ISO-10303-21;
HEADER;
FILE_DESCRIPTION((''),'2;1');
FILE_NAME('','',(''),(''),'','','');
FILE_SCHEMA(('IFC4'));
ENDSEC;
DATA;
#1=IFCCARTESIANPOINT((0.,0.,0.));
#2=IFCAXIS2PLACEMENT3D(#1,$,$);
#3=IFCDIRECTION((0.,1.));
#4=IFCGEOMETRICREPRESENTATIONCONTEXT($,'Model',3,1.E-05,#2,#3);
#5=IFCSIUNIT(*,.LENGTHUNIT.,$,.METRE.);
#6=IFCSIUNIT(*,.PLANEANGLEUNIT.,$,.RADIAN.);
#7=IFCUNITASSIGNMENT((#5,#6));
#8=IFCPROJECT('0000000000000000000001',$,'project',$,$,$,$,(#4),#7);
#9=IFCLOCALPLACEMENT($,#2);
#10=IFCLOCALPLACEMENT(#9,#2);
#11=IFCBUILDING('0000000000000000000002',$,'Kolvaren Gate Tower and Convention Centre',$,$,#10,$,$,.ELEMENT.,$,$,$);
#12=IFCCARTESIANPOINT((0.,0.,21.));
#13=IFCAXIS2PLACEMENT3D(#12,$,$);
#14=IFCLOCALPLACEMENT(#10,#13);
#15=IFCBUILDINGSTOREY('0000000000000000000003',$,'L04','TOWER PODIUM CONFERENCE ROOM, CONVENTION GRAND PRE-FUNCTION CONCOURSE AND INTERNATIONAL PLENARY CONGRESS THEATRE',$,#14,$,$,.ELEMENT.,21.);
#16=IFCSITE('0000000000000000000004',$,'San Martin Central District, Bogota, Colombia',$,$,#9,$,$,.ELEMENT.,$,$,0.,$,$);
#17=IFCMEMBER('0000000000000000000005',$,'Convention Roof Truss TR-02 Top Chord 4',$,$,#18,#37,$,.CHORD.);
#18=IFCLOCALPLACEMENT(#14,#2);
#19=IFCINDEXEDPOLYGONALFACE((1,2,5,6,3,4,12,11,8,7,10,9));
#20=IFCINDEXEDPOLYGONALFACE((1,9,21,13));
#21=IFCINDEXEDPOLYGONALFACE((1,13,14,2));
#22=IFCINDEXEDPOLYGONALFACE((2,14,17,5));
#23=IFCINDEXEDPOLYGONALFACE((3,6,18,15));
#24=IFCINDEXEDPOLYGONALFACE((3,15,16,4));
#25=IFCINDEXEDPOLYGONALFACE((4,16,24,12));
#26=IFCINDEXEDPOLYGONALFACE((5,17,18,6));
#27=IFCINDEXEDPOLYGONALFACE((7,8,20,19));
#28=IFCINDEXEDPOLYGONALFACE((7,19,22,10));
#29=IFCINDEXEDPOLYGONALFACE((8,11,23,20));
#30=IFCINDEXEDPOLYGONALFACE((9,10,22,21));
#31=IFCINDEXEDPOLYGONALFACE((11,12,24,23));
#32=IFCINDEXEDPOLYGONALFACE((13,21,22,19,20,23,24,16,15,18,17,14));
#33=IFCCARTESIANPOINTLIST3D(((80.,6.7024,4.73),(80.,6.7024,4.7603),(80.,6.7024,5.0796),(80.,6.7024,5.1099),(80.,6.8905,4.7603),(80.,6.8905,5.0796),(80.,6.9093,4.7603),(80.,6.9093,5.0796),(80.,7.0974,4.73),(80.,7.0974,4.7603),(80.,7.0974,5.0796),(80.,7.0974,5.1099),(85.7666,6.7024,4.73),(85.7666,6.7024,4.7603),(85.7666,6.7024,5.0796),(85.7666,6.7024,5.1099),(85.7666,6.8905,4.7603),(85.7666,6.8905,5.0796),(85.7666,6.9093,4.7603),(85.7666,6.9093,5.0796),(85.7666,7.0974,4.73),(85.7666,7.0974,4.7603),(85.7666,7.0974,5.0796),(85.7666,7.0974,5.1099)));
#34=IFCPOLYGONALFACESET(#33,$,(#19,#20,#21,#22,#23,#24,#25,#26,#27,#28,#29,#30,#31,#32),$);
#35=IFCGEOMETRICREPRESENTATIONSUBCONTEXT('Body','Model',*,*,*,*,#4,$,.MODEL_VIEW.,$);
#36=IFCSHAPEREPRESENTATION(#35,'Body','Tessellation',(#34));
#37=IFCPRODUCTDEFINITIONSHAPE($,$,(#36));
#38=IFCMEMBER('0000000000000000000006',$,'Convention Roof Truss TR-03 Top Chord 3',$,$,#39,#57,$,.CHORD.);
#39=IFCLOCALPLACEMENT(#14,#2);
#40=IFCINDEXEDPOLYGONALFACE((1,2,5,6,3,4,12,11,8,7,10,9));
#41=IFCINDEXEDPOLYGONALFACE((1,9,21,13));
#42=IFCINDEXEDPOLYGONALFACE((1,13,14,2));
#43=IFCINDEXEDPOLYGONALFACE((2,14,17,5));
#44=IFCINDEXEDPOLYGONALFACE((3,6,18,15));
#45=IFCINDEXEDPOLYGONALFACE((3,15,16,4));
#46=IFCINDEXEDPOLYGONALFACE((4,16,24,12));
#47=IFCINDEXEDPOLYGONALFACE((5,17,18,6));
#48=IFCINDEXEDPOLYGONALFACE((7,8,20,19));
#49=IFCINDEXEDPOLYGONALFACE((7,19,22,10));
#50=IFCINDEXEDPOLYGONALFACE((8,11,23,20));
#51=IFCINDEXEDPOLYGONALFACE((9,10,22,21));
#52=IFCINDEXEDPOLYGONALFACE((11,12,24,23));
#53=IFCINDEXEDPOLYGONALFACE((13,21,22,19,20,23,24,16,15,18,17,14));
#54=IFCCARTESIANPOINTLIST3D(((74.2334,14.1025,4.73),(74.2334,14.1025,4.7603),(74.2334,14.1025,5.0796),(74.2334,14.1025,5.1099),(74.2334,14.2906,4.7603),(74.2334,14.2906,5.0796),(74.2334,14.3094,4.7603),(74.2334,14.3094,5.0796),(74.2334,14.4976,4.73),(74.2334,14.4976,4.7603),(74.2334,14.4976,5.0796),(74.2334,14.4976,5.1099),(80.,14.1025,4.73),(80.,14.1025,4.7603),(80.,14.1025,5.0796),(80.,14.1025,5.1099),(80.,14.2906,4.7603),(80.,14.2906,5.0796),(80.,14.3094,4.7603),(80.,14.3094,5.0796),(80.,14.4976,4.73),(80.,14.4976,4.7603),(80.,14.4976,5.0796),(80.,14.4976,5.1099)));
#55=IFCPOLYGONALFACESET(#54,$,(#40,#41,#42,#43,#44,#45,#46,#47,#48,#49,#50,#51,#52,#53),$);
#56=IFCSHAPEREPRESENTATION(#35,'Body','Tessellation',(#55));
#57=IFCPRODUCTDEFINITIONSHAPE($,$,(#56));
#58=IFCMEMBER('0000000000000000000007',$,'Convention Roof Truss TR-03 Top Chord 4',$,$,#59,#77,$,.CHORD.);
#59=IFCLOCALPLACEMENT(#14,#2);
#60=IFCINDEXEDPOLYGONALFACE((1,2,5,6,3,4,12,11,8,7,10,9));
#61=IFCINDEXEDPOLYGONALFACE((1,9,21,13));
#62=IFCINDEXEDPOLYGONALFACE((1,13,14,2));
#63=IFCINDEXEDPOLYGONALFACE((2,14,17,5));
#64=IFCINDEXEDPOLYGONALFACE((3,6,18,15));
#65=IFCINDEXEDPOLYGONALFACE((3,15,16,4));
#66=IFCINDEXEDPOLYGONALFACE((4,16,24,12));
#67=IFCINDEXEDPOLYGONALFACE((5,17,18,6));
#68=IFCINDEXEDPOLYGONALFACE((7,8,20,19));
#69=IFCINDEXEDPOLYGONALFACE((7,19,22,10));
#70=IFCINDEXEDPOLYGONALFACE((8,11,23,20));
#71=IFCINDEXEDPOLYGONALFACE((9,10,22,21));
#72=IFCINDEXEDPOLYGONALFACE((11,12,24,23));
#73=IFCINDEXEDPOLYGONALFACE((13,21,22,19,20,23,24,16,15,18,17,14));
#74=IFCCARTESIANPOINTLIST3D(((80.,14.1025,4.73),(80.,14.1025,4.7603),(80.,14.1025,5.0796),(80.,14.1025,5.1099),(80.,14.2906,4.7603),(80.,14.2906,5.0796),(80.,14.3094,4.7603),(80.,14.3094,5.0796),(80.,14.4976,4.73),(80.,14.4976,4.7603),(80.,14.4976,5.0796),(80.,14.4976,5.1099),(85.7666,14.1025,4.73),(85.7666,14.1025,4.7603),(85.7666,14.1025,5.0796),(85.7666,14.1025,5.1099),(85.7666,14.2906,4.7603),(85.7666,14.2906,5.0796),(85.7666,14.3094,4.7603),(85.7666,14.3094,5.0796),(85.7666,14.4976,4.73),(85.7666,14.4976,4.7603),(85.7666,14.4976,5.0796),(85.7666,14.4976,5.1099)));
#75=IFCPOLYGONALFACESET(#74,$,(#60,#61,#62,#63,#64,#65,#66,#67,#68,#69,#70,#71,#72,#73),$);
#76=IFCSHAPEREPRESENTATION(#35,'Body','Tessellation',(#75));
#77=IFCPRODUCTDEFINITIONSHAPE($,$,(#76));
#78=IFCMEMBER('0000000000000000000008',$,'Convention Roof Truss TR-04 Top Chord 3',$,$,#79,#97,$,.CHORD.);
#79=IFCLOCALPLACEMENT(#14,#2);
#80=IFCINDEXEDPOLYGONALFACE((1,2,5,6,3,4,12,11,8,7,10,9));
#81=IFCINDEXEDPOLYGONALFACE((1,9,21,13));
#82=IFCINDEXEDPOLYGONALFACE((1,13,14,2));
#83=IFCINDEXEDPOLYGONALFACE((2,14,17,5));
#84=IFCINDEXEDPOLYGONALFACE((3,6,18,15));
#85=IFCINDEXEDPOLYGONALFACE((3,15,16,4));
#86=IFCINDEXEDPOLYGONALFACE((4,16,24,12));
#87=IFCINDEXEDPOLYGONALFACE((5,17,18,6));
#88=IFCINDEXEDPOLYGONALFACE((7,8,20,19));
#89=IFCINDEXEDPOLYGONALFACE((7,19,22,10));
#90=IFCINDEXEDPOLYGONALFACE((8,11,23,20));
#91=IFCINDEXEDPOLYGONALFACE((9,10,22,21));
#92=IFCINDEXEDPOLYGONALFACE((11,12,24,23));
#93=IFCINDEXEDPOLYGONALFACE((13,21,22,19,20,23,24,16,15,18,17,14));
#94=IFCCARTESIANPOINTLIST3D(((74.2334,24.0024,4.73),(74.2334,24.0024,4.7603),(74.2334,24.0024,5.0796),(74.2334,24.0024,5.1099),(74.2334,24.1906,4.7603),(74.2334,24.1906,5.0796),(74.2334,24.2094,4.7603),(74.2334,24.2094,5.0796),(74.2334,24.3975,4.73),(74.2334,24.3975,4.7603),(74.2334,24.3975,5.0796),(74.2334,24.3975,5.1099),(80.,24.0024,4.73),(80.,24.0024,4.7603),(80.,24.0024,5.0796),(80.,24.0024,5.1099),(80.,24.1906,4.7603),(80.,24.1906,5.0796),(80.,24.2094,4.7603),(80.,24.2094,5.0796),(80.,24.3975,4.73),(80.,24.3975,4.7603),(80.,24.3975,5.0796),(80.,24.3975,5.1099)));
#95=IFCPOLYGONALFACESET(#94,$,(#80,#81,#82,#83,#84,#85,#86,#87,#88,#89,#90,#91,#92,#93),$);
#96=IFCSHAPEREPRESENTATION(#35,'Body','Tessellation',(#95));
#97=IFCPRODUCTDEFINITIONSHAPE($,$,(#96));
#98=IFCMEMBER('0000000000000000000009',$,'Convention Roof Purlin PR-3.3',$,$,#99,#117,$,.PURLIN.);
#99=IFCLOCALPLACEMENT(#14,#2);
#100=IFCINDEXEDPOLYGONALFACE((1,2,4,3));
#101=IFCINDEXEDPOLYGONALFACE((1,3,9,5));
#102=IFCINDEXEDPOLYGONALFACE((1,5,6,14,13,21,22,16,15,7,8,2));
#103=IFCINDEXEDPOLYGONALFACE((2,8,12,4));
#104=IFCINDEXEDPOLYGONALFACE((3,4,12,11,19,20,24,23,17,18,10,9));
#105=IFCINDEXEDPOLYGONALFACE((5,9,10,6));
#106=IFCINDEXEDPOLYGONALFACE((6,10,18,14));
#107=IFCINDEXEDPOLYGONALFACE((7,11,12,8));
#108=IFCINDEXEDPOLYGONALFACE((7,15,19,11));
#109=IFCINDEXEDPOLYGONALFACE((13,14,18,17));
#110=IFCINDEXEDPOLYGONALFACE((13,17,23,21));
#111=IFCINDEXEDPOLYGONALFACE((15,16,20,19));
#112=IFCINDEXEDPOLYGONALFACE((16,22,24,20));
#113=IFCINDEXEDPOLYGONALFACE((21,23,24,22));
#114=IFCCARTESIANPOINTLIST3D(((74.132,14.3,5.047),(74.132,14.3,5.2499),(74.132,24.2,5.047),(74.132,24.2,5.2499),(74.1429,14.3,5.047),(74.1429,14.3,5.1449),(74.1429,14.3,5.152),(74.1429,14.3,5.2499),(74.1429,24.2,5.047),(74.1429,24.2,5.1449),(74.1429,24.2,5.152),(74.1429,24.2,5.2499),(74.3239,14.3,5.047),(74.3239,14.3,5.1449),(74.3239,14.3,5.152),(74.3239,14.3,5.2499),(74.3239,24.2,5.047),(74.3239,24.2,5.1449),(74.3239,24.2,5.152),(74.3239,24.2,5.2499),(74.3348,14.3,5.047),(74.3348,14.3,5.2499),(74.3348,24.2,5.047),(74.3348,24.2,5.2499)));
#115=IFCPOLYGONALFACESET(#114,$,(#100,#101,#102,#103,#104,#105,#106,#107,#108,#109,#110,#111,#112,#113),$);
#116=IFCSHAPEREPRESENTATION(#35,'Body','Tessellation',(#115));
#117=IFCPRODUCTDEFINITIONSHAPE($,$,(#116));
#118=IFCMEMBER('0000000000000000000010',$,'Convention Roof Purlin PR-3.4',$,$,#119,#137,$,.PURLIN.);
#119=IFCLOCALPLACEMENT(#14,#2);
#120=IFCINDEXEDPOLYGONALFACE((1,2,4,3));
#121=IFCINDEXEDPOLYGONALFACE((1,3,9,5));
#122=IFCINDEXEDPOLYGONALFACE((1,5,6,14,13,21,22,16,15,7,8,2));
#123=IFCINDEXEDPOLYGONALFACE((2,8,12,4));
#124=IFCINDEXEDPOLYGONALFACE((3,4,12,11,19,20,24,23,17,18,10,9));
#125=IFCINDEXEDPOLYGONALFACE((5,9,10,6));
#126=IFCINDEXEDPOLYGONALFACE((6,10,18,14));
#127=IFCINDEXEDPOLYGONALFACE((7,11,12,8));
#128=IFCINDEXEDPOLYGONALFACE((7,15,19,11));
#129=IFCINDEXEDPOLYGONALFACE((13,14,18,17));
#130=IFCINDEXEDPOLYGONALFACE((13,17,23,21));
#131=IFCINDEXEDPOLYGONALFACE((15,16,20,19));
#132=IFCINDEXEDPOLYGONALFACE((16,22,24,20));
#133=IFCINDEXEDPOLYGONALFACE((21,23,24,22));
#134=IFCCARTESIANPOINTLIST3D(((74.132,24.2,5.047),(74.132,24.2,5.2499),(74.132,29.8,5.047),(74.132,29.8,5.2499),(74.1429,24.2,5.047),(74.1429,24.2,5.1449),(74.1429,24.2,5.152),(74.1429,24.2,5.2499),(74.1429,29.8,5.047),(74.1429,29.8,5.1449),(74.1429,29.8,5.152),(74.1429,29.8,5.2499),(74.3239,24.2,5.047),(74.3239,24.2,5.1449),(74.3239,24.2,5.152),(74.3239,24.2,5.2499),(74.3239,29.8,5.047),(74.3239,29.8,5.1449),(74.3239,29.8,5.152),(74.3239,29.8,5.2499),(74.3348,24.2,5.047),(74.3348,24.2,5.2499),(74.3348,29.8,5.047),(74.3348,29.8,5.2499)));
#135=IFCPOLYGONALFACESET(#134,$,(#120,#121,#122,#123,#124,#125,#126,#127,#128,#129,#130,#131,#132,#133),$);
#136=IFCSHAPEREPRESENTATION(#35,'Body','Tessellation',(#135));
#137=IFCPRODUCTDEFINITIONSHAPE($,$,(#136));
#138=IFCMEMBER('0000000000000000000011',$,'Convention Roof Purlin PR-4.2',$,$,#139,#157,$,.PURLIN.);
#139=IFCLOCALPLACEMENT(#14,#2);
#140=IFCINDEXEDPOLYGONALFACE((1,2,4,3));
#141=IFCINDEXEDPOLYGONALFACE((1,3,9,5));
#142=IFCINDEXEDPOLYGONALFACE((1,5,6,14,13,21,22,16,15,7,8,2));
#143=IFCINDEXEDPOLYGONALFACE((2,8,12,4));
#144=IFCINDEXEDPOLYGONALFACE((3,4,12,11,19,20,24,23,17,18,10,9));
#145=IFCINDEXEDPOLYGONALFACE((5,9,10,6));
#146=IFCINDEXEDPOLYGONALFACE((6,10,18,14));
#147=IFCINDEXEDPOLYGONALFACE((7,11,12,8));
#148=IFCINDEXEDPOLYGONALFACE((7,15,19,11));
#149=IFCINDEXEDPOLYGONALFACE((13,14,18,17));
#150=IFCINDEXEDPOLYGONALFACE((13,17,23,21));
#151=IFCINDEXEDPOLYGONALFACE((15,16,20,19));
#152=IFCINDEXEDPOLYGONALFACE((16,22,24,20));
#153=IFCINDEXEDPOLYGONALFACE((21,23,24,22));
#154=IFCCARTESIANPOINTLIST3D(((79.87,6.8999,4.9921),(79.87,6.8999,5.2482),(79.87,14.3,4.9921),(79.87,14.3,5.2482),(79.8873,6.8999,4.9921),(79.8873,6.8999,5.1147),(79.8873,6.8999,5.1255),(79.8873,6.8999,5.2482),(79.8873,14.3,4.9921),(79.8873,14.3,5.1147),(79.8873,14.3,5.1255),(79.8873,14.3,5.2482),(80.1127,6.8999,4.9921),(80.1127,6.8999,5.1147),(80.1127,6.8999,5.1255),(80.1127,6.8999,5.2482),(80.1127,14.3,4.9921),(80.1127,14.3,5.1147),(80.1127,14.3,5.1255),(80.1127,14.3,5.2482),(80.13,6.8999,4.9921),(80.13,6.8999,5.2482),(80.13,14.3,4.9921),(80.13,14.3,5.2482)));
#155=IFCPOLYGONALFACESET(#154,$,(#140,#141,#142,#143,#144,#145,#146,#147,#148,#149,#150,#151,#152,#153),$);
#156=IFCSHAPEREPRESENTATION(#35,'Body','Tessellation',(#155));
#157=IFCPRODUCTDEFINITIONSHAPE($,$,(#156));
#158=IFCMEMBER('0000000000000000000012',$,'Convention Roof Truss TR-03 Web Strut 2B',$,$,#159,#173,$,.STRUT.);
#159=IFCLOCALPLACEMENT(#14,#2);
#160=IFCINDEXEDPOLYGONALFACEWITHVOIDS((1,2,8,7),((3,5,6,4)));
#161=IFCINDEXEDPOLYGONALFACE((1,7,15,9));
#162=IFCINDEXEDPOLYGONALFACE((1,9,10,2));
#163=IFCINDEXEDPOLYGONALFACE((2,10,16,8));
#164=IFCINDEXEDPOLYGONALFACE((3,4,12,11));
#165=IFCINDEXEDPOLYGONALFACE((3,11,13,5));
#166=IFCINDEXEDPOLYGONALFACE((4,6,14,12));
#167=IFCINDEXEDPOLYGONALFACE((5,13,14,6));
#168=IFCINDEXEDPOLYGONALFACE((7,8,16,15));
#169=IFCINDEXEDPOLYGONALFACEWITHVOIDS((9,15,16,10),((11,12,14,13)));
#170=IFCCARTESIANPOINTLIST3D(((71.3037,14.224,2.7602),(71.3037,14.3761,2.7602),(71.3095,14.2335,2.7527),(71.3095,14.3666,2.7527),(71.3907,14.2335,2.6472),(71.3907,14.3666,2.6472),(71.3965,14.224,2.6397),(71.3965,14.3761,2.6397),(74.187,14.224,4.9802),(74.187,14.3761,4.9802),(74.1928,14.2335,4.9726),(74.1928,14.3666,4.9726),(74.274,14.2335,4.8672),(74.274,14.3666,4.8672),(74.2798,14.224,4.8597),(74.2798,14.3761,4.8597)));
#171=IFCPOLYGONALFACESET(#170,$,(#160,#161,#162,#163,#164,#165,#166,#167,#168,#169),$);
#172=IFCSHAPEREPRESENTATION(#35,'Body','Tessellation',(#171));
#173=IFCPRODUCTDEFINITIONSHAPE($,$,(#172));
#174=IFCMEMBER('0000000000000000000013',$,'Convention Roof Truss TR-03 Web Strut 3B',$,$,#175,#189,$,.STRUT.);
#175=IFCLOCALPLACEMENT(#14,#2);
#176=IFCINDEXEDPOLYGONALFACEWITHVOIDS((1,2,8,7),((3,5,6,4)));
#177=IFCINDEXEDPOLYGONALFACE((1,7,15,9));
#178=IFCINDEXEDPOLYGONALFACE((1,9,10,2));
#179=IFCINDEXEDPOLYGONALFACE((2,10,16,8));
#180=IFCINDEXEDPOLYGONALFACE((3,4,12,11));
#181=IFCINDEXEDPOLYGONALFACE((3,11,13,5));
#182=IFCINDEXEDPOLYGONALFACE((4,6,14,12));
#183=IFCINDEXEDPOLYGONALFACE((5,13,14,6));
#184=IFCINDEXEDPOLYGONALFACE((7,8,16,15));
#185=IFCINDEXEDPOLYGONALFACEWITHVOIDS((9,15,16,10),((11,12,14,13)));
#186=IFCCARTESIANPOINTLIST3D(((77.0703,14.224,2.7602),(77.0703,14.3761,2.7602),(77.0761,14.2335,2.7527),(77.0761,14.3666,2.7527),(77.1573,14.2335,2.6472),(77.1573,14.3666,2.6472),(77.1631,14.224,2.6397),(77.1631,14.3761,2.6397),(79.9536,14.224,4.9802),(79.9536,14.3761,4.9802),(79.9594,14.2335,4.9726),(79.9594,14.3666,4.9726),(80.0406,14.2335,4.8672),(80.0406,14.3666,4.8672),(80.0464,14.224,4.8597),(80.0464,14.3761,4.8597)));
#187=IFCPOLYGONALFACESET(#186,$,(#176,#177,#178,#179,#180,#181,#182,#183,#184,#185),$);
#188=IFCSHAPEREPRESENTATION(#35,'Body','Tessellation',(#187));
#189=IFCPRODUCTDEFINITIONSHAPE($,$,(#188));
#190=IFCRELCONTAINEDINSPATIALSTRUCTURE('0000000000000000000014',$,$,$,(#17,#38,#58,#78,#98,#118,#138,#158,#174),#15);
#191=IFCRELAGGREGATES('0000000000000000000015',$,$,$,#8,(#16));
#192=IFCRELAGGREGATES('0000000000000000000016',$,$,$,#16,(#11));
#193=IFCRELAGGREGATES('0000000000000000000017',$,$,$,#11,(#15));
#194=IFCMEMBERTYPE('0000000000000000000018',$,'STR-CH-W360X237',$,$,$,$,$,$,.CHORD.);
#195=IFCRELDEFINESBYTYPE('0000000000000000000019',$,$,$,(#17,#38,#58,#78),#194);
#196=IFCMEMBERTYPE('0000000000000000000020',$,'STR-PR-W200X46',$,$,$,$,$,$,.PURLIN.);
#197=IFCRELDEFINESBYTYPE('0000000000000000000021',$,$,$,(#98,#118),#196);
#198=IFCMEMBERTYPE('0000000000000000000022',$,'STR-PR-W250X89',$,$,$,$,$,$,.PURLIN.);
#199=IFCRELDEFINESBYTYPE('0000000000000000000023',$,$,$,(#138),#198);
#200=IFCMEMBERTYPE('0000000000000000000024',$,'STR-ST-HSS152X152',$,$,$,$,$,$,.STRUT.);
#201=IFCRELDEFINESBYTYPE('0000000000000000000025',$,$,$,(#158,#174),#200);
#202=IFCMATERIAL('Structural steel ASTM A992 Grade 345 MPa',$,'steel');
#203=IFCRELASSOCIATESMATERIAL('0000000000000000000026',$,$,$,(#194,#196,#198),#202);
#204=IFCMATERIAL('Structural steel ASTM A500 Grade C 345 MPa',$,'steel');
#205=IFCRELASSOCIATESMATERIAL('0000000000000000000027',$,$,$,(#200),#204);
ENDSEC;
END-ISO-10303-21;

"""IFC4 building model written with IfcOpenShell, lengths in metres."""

from ifc_helpers import new_model, si_unit, direction, frame, origin, origin_2d, place, context, subcontext, project, spatial, hollow_rectangle, i_section, extrude, material, material_profile, profile_set, type_object, element, save


model = new_model("IFC4")

# Units and contexts
model_context = context("Model", 3, precision=1e-05, world=origin(), true_north=direction((0.0, 1.0)))
body_context = subcontext(model_context, "Body", "Model", "MODEL_VIEW")
ifc_project = project(units=[si_unit("LENGTHUNIT", "METRE"), si_unit("PLANEANGLEUNIT", "RADIAN")], contexts=[model_context])

# Site, building, storey
site_placement = place(None, origin())
site = spatial("IfcSite", under=ifc_project, at=site_placement, Name="San Martin Central District, Bogota, Colombia", CompositionType="ELEMENT", RefElevation=0.0)
building_placement = place(site_placement, origin())
building = spatial("IfcBuilding", under=site, at=building_placement, Name="Kolvaren Gate Tower and Convention Centre", CompositionType="ELEMENT")
storey_placement = place(building_placement, frame((0.0, 0.0, 21.0)))
storey = spatial("IfcBuildingStorey", under=building, at=storey_placement, Name="L04", Description="TOWER PODIUM CONFERENCE ROOM, CONVENTION GRAND PRE-FUNCTION CONCOURSE AND INTERNATIONAL PLENARY CONGRESS THEATRE", CompositionType="ELEMENT", Elevation=21.0)

# Shared definitions
ifc_material_1 = material(Name="Structural steel ASTM A992 Grade 345 MPa", Category="steel")

# Members
ifc_material_2 = material(Name="Structural steel ASTM A500 Grade C 345 MPa", Category="steel")
ifc_material_profile_1 = material_profile(ifc_material_1, i_section(OverallWidth=0.395, OverallDepth=0.3799, WebThickness=0.0188, FlangeThickness=0.0303, at=origin_2d()), Name="W360X237")
ifc_profile_set_1 = profile_set([ifc_material_profile_1], Name="Structural steel ASTM A992 Grade 345 MPa")
member_type_1 = type_object("IfcMemberType", Name="STR-CH-W360X237", PredefinedType="CHORD", material=ifc_profile_set_1)
for number, where, z_axis, x_axis, name in (
    (1, (80.0, 6.8999, 4.9199), (1.0, 0.0, 0.0), (0.0, 1.0, 0.0), "Convention Roof Truss TR-02 Top Chord 4"),
    (2, (74.2334, 14.3, 4.9199), (1.0, 0.0, 0.0), (0.0, 1.0, 0.0), "Convention Roof Truss TR-03 Top Chord 3"),
    (3, (80.0, 14.3, 4.9199), (1.0, 0.0, 0.0), (0.0, 1.0, 0.0), "Convention Roof Truss TR-03 Top Chord 4"),
    (4, (74.2334, 24.2, 4.9199), (1.0, 0.0, 0.0), (0.0, 1.0, 0.0), "Convention Roof Truss TR-04 Top Chord 3"),
):
    element("IfcMember", number, at=place(storey_placement, frame(where, z_axis=z_axis, x_axis=x_axis)), inside=storey, type_object=member_type_1, Name=name, PredefinedType="CHORD", context=body_context, shape_type="SweptSolid", body=[
        extrude(i_section(OverallWidth=0.395, OverallDepth=0.3799, WebThickness=0.0188, FlangeThickness=0.0303, at=origin_2d()), origin(), (0.0, 0.0, 1.0), 5.7666),
    ])
ifc_material_profile_2 = material_profile(ifc_material_1, i_section(OverallWidth=0.2029, OverallDepth=0.2029, WebThickness=0.0071, FlangeThickness=0.011, at=origin_2d()), Name="W200X46")
ifc_profile_set_2 = profile_set([ifc_material_profile_2], Name="Structural steel ASTM A992 Grade 345 MPa")
member_type_2 = type_object("IfcMemberType", Name="STR-PR-W200X46", PredefinedType="PURLIN", material=ifc_profile_set_2)
member_1_placement = place(storey_placement, frame((74.2334, 14.3, 5.1484), z_axis=(0.0, 1.0, 0.0), x_axis=(0.0, 0.0, 1.0)))
element("IfcMember", 5, at=member_1_placement, inside=storey, type_object=member_type_2, Name="Convention Roof Purlin PR-3.3", PredefinedType="PURLIN", context=body_context, shape_type="SweptSolid", body=[
    extrude(i_section(OverallWidth=0.2029, OverallDepth=0.2029, WebThickness=0.0071, FlangeThickness=0.011, at=origin_2d()), origin(), (0.0, 0.0, 1.0), 9.8999),
])
member_2_placement = place(storey_placement, frame((74.2334, 24.2, 5.1484), z_axis=(0.0, 1.0, 0.0), x_axis=(0.0, 0.0, 1.0)))
element("IfcMember", 6, at=member_2_placement, inside=storey, type_object=member_type_2, Name="Convention Roof Purlin PR-3.4", PredefinedType="PURLIN", context=body_context, shape_type="SweptSolid", body=[
    extrude(i_section(OverallWidth=0.2029, OverallDepth=0.2029, WebThickness=0.0071, FlangeThickness=0.011, at=origin_2d()), origin(), (0.0, 0.0, 1.0), 5.6001),
])
ifc_material_profile_3 = material_profile(ifc_material_1, i_section(OverallWidth=0.2561, OverallDepth=0.26, WebThickness=0.0107, FlangeThickness=0.0173, at=origin_2d()), Name="W250X89")
ifc_profile_set_3 = profile_set([ifc_material_profile_3], Name="Structural steel ASTM A992 Grade 345 MPa")
member_type_3 = type_object("IfcMemberType", Name="STR-PR-W250X89", PredefinedType="PURLIN", material=ifc_profile_set_3)
member_3_placement = place(storey_placement, frame((80.0, 6.8999, 5.1201), z_axis=(0.0, 1.0, 0.0), x_axis=(0.0, 0.0, 1.0)))
element("IfcMember", 7, at=member_3_placement, inside=storey, type_object=member_type_3, Name="Convention Roof Purlin PR-4.2", PredefinedType="PURLIN", context=body_context, shape_type="SweptSolid", body=[
    extrude(i_section(OverallWidth=0.2561, OverallDepth=0.26, WebThickness=0.0107, FlangeThickness=0.0173, at=origin_2d()), origin(), (0.0, 0.0, 1.0), 7.4001),
])
ifc_material_profile_4 = material_profile(ifc_material_2, hollow_rectangle(XDim=0.1521, YDim=0.1521, WallThickness=0.0095, at=origin_2d()), Name="HSS152X152X9.5")
ifc_profile_set_4 = profile_set([ifc_material_profile_4], Name="Structural steel ASTM A500 Grade C 345 MPa")
member_type_4 = type_object("IfcMemberType", Name="STR-ST-HSS152X152", PredefinedType="STRUT", material=ifc_profile_set_4)
for number, where, z_axis, x_axis, name in (
    (8, (71.3501, 14.3, 2.7), (0.792352, 0.0, 0.610064), (0.0, 1.0, 0.0), "Convention Roof Truss TR-03 Web Strut 2B"),
    (9, (77.1167, 14.3, 2.7), (0.792352, 0.0, 0.610064), (0.0, 1.0, 0.0), "Convention Roof Truss TR-03 Web Strut 3B"),
):
    element("IfcMember", number, at=place(storey_placement, frame(where, z_axis=z_axis, x_axis=x_axis)), inside=storey, type_object=member_type_4, Name=name, PredefinedType="STRUT", context=body_context, shape_type="SweptSolid", body=[
        extrude(hollow_rectangle(XDim=0.1521, YDim=0.1521, WallThickness=0.0095, at=origin_2d()), origin(), (0.0, 0.0, 1.0), 3.6389),
    ])

save(model, "model.ifc")
